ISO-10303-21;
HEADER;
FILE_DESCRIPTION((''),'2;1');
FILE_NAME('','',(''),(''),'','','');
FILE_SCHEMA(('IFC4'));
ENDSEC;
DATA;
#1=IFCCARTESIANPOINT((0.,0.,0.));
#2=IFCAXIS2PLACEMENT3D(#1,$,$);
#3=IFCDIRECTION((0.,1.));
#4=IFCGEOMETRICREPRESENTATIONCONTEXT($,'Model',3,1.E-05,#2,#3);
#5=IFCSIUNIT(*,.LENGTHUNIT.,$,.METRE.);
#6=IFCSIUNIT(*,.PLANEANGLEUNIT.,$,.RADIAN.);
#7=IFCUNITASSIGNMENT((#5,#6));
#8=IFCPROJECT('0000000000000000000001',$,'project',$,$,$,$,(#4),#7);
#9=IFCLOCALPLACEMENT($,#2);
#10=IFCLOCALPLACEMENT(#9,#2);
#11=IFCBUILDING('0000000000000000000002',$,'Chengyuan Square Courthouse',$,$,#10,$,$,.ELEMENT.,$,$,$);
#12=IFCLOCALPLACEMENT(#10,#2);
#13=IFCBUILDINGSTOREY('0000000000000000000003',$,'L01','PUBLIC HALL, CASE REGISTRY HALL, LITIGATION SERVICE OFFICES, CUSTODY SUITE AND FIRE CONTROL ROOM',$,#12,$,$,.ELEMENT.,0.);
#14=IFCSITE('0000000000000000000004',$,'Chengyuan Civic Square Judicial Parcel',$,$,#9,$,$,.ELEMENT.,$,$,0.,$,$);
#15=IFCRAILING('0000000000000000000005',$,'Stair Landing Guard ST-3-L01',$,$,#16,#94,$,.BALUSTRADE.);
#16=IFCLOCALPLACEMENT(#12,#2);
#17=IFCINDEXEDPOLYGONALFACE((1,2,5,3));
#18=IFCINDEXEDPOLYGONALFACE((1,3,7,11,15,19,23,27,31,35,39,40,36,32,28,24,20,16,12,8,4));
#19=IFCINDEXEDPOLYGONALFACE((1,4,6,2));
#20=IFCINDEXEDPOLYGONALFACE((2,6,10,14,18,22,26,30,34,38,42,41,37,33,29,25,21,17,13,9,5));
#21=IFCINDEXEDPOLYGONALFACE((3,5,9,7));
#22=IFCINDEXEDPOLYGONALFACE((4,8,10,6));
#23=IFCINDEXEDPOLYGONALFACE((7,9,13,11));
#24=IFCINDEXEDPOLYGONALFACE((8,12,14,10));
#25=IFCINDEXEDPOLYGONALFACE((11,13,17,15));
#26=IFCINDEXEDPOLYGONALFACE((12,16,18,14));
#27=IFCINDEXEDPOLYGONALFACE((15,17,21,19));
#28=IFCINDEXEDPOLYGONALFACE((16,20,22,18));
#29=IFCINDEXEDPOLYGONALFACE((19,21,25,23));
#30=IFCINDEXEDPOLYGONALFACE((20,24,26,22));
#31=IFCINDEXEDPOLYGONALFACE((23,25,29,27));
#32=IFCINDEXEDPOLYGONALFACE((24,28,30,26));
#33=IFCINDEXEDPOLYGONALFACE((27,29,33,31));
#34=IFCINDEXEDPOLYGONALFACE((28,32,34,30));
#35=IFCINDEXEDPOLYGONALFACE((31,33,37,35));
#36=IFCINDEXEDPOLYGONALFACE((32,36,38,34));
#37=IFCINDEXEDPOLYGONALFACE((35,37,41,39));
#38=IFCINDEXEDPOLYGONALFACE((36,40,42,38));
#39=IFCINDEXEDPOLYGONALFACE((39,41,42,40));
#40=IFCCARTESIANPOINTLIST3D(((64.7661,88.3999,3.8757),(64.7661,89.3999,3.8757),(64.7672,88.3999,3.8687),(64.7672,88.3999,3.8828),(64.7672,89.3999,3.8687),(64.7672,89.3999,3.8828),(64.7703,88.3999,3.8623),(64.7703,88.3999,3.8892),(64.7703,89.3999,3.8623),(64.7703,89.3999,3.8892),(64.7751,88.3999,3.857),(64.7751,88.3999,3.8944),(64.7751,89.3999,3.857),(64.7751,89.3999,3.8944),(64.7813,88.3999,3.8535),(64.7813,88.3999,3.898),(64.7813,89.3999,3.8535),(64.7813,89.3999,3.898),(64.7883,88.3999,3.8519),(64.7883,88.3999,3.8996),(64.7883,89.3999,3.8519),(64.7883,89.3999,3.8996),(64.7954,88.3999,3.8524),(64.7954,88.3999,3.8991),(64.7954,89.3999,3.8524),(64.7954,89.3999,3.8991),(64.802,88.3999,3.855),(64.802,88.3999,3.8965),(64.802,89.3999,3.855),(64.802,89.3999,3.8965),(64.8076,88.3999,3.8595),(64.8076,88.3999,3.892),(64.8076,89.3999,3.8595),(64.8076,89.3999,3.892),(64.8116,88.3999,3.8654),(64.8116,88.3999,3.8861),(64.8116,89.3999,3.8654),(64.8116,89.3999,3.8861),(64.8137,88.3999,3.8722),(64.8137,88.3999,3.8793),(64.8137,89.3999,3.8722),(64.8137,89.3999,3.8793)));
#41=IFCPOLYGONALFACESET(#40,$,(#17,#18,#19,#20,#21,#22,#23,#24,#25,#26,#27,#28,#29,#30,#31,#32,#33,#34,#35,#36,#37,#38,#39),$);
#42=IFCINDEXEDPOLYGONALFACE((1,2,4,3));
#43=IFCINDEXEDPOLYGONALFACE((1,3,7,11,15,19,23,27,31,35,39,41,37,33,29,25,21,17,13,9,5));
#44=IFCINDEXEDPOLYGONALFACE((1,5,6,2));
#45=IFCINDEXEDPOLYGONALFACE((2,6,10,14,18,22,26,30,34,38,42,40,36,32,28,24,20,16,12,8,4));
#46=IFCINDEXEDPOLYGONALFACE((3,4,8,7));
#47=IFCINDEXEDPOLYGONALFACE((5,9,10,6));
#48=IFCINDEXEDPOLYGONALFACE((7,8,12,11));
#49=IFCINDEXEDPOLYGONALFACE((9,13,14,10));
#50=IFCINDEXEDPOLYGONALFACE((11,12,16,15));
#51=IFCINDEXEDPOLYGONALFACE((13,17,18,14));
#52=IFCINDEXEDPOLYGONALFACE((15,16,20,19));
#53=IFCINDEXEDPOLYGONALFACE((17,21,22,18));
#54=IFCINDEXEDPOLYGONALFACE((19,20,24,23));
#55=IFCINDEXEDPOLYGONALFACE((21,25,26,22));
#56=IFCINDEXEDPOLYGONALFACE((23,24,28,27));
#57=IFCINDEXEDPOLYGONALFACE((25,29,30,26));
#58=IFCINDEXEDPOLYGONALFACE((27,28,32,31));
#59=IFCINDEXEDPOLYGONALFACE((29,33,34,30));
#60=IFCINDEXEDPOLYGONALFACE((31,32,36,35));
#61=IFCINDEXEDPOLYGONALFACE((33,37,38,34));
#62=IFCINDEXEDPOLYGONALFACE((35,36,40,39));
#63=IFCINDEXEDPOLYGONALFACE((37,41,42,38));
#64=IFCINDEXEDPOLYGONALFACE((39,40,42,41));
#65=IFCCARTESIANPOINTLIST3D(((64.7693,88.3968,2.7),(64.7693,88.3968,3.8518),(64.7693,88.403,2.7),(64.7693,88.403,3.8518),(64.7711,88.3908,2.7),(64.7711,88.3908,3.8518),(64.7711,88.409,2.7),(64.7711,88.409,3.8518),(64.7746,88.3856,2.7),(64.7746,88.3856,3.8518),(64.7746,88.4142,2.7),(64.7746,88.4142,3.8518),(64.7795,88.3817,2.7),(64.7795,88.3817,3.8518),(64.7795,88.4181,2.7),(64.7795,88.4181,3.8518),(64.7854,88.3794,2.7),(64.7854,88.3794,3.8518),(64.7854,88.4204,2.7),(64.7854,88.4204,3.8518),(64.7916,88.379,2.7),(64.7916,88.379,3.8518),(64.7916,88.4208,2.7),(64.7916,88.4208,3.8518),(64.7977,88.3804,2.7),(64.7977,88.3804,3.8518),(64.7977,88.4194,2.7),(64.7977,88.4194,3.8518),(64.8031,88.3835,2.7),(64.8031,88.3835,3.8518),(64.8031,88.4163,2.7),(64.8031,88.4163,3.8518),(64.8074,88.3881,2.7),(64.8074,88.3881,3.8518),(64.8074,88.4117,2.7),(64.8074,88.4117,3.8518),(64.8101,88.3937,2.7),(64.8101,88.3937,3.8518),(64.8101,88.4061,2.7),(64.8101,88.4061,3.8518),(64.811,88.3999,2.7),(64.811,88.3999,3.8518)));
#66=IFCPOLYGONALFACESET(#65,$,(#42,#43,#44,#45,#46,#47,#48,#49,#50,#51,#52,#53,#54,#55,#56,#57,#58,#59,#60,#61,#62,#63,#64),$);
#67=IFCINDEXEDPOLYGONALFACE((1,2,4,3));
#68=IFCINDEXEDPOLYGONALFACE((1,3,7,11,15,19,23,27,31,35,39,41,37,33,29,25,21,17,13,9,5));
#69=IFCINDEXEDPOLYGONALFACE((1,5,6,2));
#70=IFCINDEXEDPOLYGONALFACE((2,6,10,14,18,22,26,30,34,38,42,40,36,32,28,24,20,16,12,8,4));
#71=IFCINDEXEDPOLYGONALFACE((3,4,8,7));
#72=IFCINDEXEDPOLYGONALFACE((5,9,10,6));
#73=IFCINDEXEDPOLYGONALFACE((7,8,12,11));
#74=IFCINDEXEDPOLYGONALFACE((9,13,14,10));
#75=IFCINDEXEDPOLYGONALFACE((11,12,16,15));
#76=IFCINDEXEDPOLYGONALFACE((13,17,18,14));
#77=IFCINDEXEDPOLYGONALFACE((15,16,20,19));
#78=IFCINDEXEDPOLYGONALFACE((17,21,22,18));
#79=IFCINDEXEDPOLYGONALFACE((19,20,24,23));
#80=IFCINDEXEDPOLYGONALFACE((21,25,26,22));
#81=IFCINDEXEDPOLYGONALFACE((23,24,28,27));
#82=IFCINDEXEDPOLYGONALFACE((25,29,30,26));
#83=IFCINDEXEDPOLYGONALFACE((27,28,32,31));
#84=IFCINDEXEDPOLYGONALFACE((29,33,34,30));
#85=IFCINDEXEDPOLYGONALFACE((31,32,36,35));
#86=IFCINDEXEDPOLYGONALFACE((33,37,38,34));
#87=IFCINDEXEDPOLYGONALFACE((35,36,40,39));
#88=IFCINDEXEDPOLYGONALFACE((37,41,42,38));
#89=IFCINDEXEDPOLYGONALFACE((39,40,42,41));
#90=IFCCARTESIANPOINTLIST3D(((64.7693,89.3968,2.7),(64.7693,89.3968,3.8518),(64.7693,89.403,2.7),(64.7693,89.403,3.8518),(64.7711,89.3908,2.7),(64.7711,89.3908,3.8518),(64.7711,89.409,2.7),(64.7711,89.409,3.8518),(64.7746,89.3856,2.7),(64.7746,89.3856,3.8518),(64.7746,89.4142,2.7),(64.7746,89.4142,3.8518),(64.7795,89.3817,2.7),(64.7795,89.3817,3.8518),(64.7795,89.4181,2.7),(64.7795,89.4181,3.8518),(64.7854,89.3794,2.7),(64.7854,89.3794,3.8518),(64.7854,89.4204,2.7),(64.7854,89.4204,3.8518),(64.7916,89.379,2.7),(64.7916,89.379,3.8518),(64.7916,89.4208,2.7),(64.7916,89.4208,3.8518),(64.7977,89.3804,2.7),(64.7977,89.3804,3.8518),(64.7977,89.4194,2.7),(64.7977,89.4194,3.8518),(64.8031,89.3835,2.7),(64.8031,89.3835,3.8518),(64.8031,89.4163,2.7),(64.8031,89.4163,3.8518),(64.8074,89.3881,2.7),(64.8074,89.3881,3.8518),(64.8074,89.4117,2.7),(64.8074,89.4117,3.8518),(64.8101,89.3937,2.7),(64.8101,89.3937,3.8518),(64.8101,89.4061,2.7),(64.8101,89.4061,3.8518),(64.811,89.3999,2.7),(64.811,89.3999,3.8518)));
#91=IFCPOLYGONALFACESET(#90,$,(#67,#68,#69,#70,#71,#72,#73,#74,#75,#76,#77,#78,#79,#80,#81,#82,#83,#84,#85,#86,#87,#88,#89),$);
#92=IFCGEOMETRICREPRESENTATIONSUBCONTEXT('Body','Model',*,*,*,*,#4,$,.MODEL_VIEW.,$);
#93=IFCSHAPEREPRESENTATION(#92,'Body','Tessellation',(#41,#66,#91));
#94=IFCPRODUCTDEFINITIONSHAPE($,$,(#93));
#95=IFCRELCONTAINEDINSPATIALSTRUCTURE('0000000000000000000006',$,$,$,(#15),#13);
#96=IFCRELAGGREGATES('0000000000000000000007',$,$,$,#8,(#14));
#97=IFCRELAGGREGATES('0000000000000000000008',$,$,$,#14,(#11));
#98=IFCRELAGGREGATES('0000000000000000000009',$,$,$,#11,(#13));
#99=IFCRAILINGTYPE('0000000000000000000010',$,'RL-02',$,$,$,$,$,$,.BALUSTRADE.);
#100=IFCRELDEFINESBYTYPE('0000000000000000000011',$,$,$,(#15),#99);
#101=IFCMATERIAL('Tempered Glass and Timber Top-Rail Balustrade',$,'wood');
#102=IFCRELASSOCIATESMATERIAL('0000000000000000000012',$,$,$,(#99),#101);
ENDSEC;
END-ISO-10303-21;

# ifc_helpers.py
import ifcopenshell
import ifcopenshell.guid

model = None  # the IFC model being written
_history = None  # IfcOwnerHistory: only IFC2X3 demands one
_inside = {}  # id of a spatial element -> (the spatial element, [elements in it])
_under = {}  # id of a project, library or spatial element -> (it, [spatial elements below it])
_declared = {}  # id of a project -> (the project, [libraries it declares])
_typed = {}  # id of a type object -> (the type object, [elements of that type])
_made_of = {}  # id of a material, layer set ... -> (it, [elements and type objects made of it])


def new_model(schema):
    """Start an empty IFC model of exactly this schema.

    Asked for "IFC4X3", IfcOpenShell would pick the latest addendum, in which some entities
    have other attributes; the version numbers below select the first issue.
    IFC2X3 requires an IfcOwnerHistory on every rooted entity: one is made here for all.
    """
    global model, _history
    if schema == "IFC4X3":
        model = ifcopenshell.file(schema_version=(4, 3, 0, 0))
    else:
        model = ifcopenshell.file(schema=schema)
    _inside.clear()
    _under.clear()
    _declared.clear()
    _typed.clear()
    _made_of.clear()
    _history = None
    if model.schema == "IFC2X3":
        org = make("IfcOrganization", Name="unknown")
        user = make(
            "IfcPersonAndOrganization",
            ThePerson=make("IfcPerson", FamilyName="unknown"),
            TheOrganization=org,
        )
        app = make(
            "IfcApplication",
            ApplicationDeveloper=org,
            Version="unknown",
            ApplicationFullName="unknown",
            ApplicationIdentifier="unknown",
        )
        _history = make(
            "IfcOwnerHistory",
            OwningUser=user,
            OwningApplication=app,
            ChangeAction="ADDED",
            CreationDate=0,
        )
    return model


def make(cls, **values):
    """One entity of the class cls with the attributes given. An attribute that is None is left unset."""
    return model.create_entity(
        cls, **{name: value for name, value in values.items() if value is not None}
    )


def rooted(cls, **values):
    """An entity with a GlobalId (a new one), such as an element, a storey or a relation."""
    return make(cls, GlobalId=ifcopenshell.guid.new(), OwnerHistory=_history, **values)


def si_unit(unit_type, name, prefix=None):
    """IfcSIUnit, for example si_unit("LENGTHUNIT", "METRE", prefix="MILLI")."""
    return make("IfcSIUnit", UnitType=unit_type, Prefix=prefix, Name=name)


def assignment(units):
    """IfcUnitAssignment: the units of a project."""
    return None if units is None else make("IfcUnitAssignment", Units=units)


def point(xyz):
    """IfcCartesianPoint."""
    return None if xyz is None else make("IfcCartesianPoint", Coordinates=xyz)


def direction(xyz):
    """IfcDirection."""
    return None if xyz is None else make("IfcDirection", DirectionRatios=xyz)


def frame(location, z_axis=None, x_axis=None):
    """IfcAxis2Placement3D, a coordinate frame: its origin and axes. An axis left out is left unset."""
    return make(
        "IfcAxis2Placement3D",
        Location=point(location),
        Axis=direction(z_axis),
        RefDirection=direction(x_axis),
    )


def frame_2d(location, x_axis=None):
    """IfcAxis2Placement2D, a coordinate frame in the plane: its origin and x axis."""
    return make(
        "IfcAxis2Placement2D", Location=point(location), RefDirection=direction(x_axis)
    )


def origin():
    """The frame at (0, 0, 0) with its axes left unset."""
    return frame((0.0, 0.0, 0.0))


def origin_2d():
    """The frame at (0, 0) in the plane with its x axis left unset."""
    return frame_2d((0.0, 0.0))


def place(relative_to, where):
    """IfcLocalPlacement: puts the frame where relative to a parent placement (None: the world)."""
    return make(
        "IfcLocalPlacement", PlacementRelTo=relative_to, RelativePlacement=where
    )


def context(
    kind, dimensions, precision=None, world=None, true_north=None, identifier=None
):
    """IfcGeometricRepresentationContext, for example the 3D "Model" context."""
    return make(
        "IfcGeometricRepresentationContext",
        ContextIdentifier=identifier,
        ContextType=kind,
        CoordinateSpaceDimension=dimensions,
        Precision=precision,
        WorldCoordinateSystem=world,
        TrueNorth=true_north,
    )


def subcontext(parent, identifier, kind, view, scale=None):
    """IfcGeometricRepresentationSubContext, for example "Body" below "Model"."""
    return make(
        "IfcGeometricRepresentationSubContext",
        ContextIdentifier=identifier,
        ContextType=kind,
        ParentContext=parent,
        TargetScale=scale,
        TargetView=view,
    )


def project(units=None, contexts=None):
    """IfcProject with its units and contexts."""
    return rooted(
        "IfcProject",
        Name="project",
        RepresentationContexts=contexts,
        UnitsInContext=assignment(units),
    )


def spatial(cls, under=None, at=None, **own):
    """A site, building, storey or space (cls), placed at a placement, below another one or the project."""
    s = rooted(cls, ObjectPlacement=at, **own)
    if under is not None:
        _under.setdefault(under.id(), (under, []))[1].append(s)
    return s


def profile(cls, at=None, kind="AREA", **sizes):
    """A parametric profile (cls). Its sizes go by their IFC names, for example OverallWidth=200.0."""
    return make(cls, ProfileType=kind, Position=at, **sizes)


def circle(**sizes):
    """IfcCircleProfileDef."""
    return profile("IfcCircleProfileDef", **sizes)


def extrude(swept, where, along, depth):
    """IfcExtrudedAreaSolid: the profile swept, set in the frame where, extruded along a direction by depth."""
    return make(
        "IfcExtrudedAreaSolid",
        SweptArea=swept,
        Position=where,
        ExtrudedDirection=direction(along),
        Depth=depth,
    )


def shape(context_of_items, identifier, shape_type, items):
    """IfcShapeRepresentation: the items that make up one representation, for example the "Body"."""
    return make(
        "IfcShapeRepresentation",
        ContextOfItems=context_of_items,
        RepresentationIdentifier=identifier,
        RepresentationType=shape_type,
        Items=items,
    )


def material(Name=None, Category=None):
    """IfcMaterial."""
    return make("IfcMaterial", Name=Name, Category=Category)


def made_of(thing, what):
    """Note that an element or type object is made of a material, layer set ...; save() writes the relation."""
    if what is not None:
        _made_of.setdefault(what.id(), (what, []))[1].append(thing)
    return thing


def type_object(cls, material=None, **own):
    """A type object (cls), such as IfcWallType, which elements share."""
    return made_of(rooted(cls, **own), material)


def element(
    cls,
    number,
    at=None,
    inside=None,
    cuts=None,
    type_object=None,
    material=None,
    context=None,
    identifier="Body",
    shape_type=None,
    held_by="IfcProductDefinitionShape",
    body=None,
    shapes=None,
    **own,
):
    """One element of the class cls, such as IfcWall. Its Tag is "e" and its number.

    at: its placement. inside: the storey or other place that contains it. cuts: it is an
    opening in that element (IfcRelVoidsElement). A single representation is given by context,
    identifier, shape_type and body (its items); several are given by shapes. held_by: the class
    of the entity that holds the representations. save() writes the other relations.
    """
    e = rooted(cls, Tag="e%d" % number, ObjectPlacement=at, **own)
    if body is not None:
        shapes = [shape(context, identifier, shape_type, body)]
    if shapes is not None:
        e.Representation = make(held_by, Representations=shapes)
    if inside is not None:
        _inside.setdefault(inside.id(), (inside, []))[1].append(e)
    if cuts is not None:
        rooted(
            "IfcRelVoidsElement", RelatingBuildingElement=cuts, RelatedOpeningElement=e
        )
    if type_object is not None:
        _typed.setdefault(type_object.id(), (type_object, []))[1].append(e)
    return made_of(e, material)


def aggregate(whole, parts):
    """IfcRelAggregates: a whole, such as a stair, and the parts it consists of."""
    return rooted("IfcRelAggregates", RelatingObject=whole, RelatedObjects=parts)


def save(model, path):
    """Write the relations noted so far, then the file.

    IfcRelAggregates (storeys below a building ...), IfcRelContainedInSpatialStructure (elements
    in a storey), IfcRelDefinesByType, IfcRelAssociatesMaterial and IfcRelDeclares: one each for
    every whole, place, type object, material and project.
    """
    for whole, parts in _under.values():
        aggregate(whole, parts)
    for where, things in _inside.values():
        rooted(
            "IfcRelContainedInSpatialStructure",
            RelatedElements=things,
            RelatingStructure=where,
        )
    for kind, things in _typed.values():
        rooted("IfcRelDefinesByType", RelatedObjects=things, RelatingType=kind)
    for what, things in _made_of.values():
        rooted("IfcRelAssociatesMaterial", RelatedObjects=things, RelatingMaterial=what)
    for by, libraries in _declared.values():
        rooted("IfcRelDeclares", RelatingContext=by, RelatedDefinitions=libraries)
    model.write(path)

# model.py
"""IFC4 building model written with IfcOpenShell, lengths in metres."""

from ifc_helpers import new_model, si_unit, direction, frame, origin, origin_2d, place, context, subcontext, project, spatial, circle, extrude, material, type_object, element, save


model = new_model("IFC4")

# Units and contexts
model_context = context("Model", 3, precision=1e-05, world=origin(), true_north=direction((0.0, 1.0)))
body_context = subcontext(model_context, "Body", "Model", "MODEL_VIEW")
ifc_project = project(units=[si_unit("LENGTHUNIT", "METRE"), si_unit("PLANEANGLEUNIT", "RADIAN")], contexts=[model_context])

# Site, building, storey
site_placement = place(None, origin())
site = spatial("IfcSite", under=ifc_project, at=site_placement, Name="Chengyuan Civic Square Judicial Parcel", CompositionType="ELEMENT", RefElevation=0.0)
building_placement = place(site_placement, origin())
building = spatial("IfcBuilding", under=site, at=building_placement, Name="Chengyuan Square Courthouse", CompositionType="ELEMENT")
storey_placement = place(building_placement, origin())
storey = spatial("IfcBuildingStorey", under=building, at=storey_placement, Name="L01", Description="PUBLIC HALL, CASE REGISTRY HALL, LITIGATION SERVICE OFFICES, CUSTODY SUITE AND FIRE CONTROL ROOM", CompositionType="ELEMENT", Elevation=0.0)

# Railing
ifc_material_1 = material(Name="Tempered Glass and Timber Top-Rail Balustrade", Category="wood")
railing_type_1 = type_object("IfcRailingType", Name="RL-02", PredefinedType="BALUSTRADE", material=ifc_material_1)
for number, where, name in (
    (1, (64.79, 88.3999, 2.7), "Stair Landing Guard ST-3-L01"),
):
    element("IfcRailing", number, at=place(storey_placement, frame(where)), inside=storey, type_object=railing_type_1, Name=name, PredefinedType="BALUSTRADE", context=body_context, shape_type="SweptSolid", body=[
        extrude(circle(Radius=0.0239, at=origin_2d()), frame((0.0, 0.0, 1.1758), z_axis=(0.0, 1.0, 0.0), x_axis=(-1.0, 0.0, 0.0)), (0.0, 0.0, 1.0), 1.0),
        extrude(circle(Radius=0.021, at=origin_2d()), origin(), (0.0, 0.0, 1.0), 1.1519),
        extrude(circle(Radius=0.021, at=origin_2d()), frame((0.0, 1.0, 0.0)), (0.0, 0.0, 1.0), 1.1519),
    ])

save(model, "model.ifc")
